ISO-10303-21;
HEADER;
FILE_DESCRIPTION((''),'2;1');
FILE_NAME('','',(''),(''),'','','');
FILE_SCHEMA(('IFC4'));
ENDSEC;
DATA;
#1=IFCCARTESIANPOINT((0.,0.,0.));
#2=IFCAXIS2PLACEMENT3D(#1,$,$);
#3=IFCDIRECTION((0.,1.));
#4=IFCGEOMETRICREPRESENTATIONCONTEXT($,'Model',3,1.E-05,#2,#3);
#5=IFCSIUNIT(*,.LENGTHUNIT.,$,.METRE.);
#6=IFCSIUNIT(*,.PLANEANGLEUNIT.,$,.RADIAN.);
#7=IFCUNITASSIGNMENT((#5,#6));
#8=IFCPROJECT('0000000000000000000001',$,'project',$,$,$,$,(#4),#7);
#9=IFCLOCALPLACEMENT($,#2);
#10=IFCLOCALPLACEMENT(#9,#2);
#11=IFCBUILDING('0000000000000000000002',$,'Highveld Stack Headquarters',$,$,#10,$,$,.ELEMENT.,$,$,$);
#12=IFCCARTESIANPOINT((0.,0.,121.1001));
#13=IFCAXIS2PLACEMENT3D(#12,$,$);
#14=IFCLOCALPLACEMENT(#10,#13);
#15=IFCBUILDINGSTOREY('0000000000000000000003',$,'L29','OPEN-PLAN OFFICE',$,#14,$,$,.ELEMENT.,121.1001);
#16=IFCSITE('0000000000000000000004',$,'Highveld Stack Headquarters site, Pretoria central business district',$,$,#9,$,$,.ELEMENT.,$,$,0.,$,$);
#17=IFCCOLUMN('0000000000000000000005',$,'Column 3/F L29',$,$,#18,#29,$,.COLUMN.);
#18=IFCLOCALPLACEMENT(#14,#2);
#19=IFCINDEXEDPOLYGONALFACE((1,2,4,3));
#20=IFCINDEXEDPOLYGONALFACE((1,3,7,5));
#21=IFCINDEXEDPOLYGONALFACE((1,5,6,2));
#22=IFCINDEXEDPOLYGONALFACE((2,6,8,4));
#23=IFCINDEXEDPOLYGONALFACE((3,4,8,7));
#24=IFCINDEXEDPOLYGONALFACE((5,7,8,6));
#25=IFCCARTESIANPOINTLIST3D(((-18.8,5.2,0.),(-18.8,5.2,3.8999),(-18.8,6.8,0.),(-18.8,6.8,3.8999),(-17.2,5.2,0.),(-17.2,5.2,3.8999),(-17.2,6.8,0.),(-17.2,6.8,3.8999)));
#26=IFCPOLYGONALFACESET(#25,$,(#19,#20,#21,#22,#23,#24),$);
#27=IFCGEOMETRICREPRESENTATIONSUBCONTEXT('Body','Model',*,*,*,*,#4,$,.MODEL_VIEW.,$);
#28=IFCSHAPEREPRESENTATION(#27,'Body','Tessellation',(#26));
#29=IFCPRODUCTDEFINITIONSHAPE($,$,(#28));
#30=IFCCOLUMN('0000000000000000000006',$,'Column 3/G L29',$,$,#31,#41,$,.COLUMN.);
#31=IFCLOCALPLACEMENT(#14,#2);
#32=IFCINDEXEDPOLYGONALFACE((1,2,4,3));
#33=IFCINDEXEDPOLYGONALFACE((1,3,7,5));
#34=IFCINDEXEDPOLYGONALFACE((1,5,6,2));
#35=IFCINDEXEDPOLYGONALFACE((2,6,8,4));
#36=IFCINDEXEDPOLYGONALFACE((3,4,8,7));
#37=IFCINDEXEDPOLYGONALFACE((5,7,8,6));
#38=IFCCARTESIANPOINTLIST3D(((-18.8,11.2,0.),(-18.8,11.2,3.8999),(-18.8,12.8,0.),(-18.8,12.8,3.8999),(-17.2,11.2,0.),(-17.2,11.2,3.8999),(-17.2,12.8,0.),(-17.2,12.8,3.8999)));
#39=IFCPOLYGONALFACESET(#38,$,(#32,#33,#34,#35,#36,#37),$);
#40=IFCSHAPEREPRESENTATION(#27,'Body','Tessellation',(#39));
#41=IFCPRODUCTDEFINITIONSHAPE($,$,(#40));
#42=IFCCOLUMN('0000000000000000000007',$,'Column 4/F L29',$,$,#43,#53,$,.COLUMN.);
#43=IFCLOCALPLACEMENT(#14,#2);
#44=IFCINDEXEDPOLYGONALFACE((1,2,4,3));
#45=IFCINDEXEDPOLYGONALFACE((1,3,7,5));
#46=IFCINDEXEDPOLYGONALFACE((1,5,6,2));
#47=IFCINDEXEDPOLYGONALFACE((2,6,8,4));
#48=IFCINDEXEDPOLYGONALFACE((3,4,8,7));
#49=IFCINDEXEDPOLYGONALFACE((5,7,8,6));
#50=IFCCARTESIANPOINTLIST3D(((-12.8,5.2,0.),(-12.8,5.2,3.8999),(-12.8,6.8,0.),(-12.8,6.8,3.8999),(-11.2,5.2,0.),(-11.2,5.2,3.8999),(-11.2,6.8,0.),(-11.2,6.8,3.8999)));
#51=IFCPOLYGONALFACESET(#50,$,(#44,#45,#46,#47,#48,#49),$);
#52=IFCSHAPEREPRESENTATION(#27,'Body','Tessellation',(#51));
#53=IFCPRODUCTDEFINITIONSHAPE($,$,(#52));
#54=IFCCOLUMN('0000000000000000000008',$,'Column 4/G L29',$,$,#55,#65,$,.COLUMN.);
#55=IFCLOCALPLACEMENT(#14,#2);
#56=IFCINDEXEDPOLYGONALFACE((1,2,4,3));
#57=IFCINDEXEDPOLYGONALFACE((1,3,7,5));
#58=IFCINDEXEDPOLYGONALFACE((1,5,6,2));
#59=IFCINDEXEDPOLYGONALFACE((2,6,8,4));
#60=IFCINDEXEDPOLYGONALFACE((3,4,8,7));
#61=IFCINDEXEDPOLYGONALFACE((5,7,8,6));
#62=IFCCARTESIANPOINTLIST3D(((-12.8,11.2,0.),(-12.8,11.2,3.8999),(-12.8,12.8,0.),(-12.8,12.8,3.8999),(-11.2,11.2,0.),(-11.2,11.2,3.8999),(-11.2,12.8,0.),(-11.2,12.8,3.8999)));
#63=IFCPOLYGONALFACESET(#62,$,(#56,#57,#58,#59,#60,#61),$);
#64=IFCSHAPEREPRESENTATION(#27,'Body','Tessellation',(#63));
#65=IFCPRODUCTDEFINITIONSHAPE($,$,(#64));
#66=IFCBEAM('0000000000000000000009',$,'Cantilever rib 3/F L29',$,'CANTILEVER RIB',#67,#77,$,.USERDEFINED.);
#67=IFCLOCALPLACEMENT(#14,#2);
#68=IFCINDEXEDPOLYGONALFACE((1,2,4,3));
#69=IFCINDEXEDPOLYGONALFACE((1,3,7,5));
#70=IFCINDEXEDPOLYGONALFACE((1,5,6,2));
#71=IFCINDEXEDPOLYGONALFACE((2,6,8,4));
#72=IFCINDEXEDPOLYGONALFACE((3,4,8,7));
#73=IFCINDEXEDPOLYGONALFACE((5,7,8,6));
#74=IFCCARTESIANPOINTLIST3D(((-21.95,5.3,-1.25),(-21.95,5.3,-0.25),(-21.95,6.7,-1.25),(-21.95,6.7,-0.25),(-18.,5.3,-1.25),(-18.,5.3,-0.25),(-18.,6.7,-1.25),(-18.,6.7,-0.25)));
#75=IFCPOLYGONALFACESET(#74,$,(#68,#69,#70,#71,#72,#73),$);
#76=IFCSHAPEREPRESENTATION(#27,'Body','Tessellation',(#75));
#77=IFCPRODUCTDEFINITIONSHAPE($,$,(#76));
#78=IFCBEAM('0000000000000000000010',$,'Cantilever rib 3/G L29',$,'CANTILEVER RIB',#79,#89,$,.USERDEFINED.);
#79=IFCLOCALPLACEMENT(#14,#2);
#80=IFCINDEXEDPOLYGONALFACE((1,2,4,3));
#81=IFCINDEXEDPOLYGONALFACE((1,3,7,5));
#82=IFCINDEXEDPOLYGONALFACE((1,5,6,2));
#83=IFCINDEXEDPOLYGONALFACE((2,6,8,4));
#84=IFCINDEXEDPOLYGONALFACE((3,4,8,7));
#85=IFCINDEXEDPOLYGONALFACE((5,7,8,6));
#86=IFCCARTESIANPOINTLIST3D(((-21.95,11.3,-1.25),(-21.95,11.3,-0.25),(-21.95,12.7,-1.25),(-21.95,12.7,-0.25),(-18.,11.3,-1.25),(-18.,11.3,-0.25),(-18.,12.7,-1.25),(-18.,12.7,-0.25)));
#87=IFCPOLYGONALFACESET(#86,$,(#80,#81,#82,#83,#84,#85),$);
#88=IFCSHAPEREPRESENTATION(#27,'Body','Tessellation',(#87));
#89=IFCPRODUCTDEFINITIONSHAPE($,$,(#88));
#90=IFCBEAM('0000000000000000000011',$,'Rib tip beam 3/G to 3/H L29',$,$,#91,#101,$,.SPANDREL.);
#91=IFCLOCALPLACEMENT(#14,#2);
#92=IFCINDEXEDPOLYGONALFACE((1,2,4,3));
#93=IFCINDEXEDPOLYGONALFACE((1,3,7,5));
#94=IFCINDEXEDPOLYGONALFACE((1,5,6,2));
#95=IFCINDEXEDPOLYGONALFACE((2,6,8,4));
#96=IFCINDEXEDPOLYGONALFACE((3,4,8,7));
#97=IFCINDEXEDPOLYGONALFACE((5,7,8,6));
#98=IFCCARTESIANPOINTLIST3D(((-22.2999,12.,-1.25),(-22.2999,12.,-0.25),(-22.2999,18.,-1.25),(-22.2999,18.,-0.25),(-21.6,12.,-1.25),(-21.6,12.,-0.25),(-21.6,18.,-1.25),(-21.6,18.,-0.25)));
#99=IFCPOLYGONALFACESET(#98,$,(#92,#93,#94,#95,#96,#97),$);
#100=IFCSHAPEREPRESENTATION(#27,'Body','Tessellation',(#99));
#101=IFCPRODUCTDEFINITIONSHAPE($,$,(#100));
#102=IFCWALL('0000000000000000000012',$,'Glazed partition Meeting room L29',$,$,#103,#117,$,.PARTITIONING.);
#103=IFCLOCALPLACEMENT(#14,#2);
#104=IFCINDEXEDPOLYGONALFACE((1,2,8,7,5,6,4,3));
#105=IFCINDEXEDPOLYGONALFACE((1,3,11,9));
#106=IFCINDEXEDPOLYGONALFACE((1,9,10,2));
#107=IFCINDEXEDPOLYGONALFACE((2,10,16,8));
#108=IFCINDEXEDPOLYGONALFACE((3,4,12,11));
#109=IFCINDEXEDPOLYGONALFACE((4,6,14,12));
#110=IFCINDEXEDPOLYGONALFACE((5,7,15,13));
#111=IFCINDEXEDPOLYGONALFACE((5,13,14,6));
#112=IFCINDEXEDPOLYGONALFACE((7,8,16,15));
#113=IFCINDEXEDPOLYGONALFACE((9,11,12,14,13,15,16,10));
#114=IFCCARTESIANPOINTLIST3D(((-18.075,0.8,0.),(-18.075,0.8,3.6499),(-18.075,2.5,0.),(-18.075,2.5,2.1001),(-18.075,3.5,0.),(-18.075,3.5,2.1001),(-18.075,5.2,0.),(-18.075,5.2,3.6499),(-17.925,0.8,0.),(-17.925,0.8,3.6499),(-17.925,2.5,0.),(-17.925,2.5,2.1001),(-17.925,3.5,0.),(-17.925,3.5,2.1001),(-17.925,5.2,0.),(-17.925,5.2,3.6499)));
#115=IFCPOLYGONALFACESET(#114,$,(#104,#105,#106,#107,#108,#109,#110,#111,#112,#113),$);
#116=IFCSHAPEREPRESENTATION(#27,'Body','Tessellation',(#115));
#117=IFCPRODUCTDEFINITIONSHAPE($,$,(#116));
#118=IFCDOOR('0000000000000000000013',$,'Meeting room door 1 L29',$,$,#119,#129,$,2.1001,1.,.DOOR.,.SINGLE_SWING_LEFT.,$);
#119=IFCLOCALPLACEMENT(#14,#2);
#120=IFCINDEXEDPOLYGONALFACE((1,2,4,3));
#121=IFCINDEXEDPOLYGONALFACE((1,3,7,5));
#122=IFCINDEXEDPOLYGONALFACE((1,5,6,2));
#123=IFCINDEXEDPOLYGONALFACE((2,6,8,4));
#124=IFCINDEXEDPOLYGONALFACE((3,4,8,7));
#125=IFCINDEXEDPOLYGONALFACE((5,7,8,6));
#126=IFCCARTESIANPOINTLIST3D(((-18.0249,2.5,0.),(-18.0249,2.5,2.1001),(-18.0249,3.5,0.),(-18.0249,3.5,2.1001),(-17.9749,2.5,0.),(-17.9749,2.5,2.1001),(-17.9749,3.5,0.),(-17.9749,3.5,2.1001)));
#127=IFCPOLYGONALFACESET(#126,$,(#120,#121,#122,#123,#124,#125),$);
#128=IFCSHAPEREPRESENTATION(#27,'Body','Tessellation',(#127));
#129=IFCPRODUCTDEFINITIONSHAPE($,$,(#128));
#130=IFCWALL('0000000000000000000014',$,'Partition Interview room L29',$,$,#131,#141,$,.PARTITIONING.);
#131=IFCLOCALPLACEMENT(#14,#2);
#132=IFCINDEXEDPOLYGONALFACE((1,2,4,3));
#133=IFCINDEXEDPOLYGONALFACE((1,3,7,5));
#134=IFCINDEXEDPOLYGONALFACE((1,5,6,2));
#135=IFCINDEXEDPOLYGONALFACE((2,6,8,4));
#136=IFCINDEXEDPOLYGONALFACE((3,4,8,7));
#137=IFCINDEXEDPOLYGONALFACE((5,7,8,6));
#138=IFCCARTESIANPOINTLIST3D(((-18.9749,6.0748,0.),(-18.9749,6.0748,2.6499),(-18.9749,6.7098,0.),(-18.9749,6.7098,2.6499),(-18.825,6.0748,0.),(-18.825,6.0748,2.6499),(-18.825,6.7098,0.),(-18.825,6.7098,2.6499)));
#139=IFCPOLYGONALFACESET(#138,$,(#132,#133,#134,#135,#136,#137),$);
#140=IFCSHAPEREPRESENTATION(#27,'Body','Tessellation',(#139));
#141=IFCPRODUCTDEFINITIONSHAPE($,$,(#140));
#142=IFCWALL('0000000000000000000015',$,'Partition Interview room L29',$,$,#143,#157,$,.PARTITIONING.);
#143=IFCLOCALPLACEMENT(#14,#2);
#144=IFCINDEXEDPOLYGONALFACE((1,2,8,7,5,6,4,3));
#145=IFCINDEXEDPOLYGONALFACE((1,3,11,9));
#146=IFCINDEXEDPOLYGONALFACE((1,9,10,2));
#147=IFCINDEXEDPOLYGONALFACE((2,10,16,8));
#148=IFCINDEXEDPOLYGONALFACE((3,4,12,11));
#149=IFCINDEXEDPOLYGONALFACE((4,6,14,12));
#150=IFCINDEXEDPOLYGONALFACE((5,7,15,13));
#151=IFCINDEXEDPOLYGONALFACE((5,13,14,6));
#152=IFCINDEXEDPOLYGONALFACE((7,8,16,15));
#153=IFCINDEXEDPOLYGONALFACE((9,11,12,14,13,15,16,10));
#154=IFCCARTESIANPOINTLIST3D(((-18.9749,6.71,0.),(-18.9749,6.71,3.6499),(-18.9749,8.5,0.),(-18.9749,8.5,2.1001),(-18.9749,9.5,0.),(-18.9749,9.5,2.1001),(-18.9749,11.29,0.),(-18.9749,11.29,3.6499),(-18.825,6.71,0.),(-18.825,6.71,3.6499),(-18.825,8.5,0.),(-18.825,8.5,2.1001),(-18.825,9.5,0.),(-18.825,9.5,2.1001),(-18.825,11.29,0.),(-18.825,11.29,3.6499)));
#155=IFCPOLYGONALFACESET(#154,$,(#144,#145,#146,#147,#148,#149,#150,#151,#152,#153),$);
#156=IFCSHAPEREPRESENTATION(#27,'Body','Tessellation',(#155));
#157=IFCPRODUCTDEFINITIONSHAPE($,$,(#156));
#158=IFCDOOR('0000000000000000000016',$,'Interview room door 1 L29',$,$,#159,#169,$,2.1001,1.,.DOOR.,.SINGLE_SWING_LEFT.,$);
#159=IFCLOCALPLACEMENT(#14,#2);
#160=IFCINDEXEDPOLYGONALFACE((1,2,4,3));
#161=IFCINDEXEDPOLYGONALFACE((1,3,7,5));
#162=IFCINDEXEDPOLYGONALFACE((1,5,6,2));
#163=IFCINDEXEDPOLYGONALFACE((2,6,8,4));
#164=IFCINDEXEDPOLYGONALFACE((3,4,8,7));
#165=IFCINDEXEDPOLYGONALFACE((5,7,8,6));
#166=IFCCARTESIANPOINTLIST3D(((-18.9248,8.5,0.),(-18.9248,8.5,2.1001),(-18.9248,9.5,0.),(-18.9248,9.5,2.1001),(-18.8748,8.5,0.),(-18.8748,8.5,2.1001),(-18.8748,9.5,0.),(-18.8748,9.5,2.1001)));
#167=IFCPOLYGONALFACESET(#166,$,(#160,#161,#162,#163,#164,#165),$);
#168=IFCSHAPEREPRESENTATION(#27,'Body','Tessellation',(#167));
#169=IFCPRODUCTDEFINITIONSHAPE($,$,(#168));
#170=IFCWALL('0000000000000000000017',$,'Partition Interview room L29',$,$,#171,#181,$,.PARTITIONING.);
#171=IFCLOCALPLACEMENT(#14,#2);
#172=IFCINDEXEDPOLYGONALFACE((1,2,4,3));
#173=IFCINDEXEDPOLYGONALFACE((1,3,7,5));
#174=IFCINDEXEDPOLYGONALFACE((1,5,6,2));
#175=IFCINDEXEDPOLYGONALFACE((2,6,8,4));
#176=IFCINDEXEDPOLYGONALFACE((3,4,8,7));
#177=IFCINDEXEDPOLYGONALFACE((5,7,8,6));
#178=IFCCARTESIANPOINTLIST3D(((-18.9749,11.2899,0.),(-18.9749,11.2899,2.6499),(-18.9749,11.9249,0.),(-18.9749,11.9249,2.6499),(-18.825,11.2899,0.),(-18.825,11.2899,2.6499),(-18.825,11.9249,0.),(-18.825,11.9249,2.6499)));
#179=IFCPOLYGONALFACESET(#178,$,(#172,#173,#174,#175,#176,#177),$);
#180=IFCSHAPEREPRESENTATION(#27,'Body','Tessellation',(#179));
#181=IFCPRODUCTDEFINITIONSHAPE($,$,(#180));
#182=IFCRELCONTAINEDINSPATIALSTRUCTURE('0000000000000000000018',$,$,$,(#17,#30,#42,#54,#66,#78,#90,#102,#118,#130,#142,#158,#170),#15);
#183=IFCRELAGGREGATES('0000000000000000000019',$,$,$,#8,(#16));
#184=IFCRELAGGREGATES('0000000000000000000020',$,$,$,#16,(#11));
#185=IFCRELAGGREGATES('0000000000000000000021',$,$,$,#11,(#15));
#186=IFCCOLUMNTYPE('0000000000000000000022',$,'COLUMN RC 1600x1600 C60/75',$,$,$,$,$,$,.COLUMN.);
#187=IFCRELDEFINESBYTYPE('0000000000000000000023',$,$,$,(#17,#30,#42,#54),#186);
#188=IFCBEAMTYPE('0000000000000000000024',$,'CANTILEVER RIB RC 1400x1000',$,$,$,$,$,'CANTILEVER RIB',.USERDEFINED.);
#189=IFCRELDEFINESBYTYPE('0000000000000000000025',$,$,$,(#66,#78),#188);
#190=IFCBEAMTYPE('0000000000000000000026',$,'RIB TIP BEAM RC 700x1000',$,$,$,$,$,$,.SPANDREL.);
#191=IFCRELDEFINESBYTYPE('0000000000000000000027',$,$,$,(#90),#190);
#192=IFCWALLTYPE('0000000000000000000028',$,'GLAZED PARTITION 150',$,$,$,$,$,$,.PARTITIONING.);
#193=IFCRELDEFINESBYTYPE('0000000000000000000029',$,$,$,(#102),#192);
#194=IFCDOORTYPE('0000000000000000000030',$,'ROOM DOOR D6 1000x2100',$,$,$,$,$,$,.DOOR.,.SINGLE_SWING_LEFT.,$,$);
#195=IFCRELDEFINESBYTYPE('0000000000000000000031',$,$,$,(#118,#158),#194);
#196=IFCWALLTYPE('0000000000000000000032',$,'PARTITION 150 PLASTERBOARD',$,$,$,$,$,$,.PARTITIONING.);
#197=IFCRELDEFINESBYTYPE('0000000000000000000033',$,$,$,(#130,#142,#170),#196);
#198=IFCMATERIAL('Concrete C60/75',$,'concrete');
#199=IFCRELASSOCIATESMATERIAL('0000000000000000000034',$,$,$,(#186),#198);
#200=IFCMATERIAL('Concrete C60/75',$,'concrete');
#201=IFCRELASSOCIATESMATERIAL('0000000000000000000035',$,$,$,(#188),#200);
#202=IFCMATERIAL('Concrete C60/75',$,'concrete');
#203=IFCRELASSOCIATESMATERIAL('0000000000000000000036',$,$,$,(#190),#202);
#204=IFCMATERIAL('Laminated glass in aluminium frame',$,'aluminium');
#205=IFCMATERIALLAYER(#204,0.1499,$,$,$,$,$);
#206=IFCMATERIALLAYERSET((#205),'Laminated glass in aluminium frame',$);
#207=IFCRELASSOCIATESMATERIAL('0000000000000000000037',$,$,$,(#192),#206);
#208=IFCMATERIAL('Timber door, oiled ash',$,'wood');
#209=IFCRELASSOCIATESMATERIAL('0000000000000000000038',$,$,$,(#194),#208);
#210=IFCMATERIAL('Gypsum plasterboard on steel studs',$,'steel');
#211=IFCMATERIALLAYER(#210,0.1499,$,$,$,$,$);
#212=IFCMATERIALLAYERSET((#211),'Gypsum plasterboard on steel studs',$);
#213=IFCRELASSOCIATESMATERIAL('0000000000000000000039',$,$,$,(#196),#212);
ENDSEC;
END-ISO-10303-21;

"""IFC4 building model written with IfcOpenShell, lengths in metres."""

from ifc_helpers import new_model, si_unit, direction, frame, frame_2d, origin, origin_2d, place, context, subcontext, project, spatial, rectangle, extrude, material, layer, layer_set, material_profile, profile_set, type_object, element, fill, save


model = new_model("IFC4")

# Units and contexts
model_context = context("Model", 3, precision=1e-05, world=origin(), true_north=direction((0.0, 1.0)))
body_context = subcontext(model_context, "Body", "Model", "MODEL_VIEW")
ifc_project = project(units=[si_unit("LENGTHUNIT", "METRE"), si_unit("PLANEANGLEUNIT", "RADIAN")], contexts=[model_context])

# Site, building, storey
site_placement = place(None, origin())
site = spatial("IfcSite", under=ifc_project, at=site_placement, Name="Highveld Stack Headquarters site, Pretoria central business district", CompositionType="ELEMENT", RefElevation=0.0)
building_placement = place(site_placement, origin())
building = spatial("IfcBuilding", under=site, at=building_placement, Name="Highveld Stack Headquarters", CompositionType="ELEMENT")
storey_placement = place(building_placement, frame((0.0, 0.0, 121.1001)))
storey = spatial("IfcBuildingStorey", under=building, at=storey_placement, Name="L29", Description="OPEN-PLAN OFFICE", CompositionType="ELEMENT", Elevation=121.1001)

# Columns
ifc_material_1 = material(Name="Concrete C60/75", Category="concrete")
ifc_material_profile_1 = material_profile(ifc_material_1, rectangle(XDim=1.6001, YDim=1.6001, at=origin_2d()), Name="RC 1600x1600")
ifc_profile_set_1 = profile_set([ifc_material_profile_1], Name="Concrete C60/75")
column_type = type_object("IfcColumnType", Name="COLUMN RC 1600x1600 C60/75", PredefinedType="COLUMN", material=ifc_profile_set_1)
for number, where, z_axis, x_axis, name in (
    (1, (-18.0, 6.0, 0.0), (0.0, 0.0, 1.0), (1.0, 0.0, 0.0), "Column 3/F L29"),
    (2, (-18.0, 12.0, 0.0), (0.0, 0.0, 1.0), (1.0, 0.0, 0.0), "Column 3/G L29"),
    (3, (-12.0, 6.0, 0.0), (0.0, 0.0, 1.0), (1.0, 0.0, 0.0), "Column 4/F L29"),
    (4, (-12.0, 12.0, 0.0), (0.0, 0.0, 1.0), (1.0, 0.0, 0.0), "Column 4/G L29"),
):
    element("IfcColumn", number, at=place(storey_placement, frame(where, z_axis=z_axis, x_axis=x_axis)), inside=storey, type_object=column_type, Name=name, PredefinedType="COLUMN", context=body_context, shape_type="SweptSolid", body=[
        extrude(rectangle(XDim=1.6001, YDim=1.6001, at=origin_2d()), origin(), (0.0, 0.0, 1.0), 3.8999),
    ])

# Beams
ifc_material_2 = material(Name="Concrete C60/75", Category="concrete")
ifc_material_profile_2 = material_profile(ifc_material_2, rectangle(XDim=1.3999, YDim=1.0, at=origin_2d()), Name="RC 1400x1000")
ifc_profile_set_2 = profile_set([ifc_material_profile_2], Name="Concrete C60/75")
beam_type_1 = type_object("IfcBeamType", Name="CANTILEVER RIB RC 1400x1000", ElementType="CANTILEVER RIB", PredefinedType="USERDEFINED", material=ifc_profile_set_2)
for number, where, z_axis, x_axis, name in (
    (5, (-18.0, 6.0, -0.75), (-1.0, 0.0, 0.0), (0.0, -1.0, 0.0), "Cantilever rib 3/F L29"),
    (6, (-18.0, 12.0, -0.75), (-1.0, 0.0, 0.0), (0.0, -1.0, 0.0), "Cantilever rib 3/G L29"),
):
    element("IfcBeam", number, at=place(storey_placement, frame(where, z_axis=z_axis, x_axis=x_axis)), inside=storey, type_object=beam_type_1, Name=name, ObjectType="CANTILEVER RIB", PredefinedType="USERDEFINED", context=body_context, shape_type="SweptSolid", body=[
        extrude(rectangle(XDim=1.3999, YDim=1.0, at=origin_2d()), origin(), (0.0, 0.0, 1.0), 3.95),
    ])
ifc_material_3 = material(Name="Concrete C60/75", Category="concrete")
ifc_material_profile_3 = material_profile(ifc_material_3, rectangle(XDim=0.7, YDim=1.0, at=origin_2d()), Name="RC 700x1000")
ifc_profile_set_3 = profile_set([ifc_material_profile_3], Name="Concrete C60/75")
beam_type_2 = type_object("IfcBeamType", Name="RIB TIP BEAM RC 700x1000", PredefinedType="SPANDREL", material=ifc_profile_set_3)
beam_placement = place(storey_placement, frame((-21.95, 12.0, -0.75), z_axis=(0.0, 1.0, 0.0), x_axis=(-1.0, 0.0, 0.0)))
element("IfcBeam", 7, at=beam_placement, inside=storey, type_object=beam_type_2, Name="Rib tip beam 3/G to 3/H L29", PredefinedType="SPANDREL", context=body_context, shape_type="SweptSolid", body=[
    extrude(rectangle(XDim=0.7, YDim=1.0, at=origin_2d()), origin(), (0.0, 0.0, 1.0), 6.0),
])

# Wall, opening, door
ifc_material_4 = material(Name="Laminated glass in aluminium frame", Category="aluminium")
ifc_layer_1 = layer(ifc_material_4, 0.1499)
ifc_layer_set_1 = layer_set([ifc_layer_1], Name="Laminated glass in aluminium frame")
wall_type_1 = type_object("IfcWallType", Name="GLAZED PARTITION 150", PredefinedType="PARTITIONING", material=ifc_layer_set_1)
wall_1_placement = place(storey_placement, frame((-18.0, 0.8, 0.0), z_axis=(0.0, 0.0, 1.0), x_axis=(0.0, 1.0, 0.0)))
wall_1 = element("IfcWall", 8, at=wall_1_placement, inside=storey, type_object=wall_type_1, Name="Glazed partition Meeting room L29", PredefinedType="PARTITIONING", context=body_context, shape_type="SweptSolid", body=[
    extrude(rectangle(XDim=4.3999, YDim=0.1499, at=frame_2d((2.2, 0.0))), origin(), (0.0, 0.0, 1.0), 3.6499),
])
opening_1_placement = place(wall_1_placement, frame((1.7, 0.0, 0.0)))
opening_1 = element("IfcOpeningElement", 9, at=opening_1_placement, cuts=wall_1, PredefinedType="OPENING", context=body_context, shape_type="SweptSolid", body=[
    extrude(rectangle(XDim=1.0, YDim=2.1001, at=frame_2d((0.5, 1.05))), frame((0.0, 0.085, 0.0), z_axis=(0.0, -1.0, 0.0), x_axis=(1.0, 0.0, 0.0)), (0.0, 0.0, 1.0), 0.1699),
])
ifc_material_5 = material(Name="Timber door, oiled ash", Category="wood")
door_type = type_object("IfcDoorType", Name="ROOM DOOR D6 1000x2100", OperationType="SINGLE_SWING_LEFT", PredefinedType="DOOR", material=ifc_material_5)
door_1_placement = place(opening_1_placement, origin())
door_1 = element("IfcDoor", 10, at=door_1_placement, inside=storey, type_object=door_type, Name="Meeting room door 1 L29", OperationType="SINGLE_SWING_LEFT", OverallHeight=2.1001, OverallWidth=1.0, PredefinedType="DOOR", context=body_context, shape_type="SweptSolid", body=[
    extrude(rectangle(XDim=1.0, YDim=2.1001, at=frame_2d((0.5, 1.05))), frame((0.0, 0.0249, 0.0), z_axis=(0.0, -1.0, 0.0), x_axis=(1.0, 0.0, 0.0)), (0.0, 0.0, 1.0), 0.05),
])
fill(opening_1, door_1)

# Wall
ifc_material_6 = material(Name="Gypsum plasterboard on steel studs", Category="steel")
ifc_layer_2 = layer(ifc_material_6, 0.1499)
ifc_layer_set_2 = layer_set([ifc_layer_2], Name="Gypsum plasterboard on steel studs")
wall_type_2 = type_object("IfcWallType", Name="PARTITION 150 PLASTERBOARD", PredefinedType="PARTITIONING", material=ifc_layer_set_2)
wall_2_placement = place(storey_placement, frame((-18.8999, 6.075, 0.0), z_axis=(0.0, 0.0, 1.0), x_axis=(0.0, 1.0, 0.0)))
element("IfcWall", 11, at=wall_2_placement, inside=storey, type_object=wall_type_2, Name="Partition Interview room L29", PredefinedType="PARTITIONING", context=body_context, shape_type="SweptSolid", body=[
    extrude(rectangle(XDim=0.635, YDim=0.1499, at=frame_2d((0.3174, 0.0))), origin(), (0.0, 0.0, 1.0), 2.6499),
])

# Wall, opening, door
wall_3_placement = place(storey_placement, frame((-18.8999, 6.71, 0.0), z_axis=(0.0, 0.0, 1.0), x_axis=(0.0, 1.0, 0.0)))
wall_3 = element("IfcWall", 12, at=wall_3_placement, inside=storey, type_object=wall_type_2, Name="Partition Interview room L29", PredefinedType="PARTITIONING", context=body_context, shape_type="SweptSolid", body=[
    extrude(rectangle(XDim=4.5801, YDim=0.1499, at=frame_2d((2.29, 0.0))), origin(), (0.0, 0.0, 1.0), 3.6499),
])
opening_2_placement = place(wall_3_placement, frame((1.79, 0.0, 0.0)))
opening_2 = element("IfcOpeningElement", 13, at=opening_2_placement, cuts=wall_3, PredefinedType="OPENING", context=body_context, shape_type="SweptSolid", body=[
    extrude(rectangle(XDim=1.0, YDim=2.1001, at=frame_2d((0.5, 1.05))), frame((0.0, 0.085, 0.0), z_axis=(0.0, -1.0, 0.0), x_axis=(1.0, 0.0, 0.0)), (0.0, 0.0, 1.0), 0.1699),
])
door_2_placement = place(opening_2_placement, origin())
door_2 = element("IfcDoor", 14, at=door_2_placement, inside=storey, type_object=door_type, Name="Interview room door 1 L29", OperationType="SINGLE_SWING_LEFT", OverallHeight=2.1001, OverallWidth=1.0, PredefinedType="DOOR", context=body_context, shape_type="SweptSolid", body=[
    extrude(rectangle(XDim=1.0, YDim=2.1001, at=frame_2d((0.5, 1.05))), frame((0.0, 0.0249, 0.0), z_axis=(0.0, -1.0, 0.0), x_axis=(1.0, 0.0, 0.0)), (0.0, 0.0, 1.0), 0.05),
])
fill(opening_2, door_2)

# Wall
wall_4_placement = place(storey_placement, frame((-18.8999, 11.29, 0.0), z_axis=(0.0, 0.0, 1.0), x_axis=(0.0, 1.0, 0.0)))
element("IfcWall", 15, at=wall_4_placement, inside=storey, type_object=wall_type_2, Name="Partition Interview room L29", PredefinedType="PARTITIONING", context=body_context, shape_type="SweptSolid", body=[
    extrude(rectangle(XDim=0.635, YDim=0.1499, at=frame_2d((0.3174, 0.0))), origin(), (0.0, 0.0, 1.0), 2.6499),
])

save(model, "model.ifc")
